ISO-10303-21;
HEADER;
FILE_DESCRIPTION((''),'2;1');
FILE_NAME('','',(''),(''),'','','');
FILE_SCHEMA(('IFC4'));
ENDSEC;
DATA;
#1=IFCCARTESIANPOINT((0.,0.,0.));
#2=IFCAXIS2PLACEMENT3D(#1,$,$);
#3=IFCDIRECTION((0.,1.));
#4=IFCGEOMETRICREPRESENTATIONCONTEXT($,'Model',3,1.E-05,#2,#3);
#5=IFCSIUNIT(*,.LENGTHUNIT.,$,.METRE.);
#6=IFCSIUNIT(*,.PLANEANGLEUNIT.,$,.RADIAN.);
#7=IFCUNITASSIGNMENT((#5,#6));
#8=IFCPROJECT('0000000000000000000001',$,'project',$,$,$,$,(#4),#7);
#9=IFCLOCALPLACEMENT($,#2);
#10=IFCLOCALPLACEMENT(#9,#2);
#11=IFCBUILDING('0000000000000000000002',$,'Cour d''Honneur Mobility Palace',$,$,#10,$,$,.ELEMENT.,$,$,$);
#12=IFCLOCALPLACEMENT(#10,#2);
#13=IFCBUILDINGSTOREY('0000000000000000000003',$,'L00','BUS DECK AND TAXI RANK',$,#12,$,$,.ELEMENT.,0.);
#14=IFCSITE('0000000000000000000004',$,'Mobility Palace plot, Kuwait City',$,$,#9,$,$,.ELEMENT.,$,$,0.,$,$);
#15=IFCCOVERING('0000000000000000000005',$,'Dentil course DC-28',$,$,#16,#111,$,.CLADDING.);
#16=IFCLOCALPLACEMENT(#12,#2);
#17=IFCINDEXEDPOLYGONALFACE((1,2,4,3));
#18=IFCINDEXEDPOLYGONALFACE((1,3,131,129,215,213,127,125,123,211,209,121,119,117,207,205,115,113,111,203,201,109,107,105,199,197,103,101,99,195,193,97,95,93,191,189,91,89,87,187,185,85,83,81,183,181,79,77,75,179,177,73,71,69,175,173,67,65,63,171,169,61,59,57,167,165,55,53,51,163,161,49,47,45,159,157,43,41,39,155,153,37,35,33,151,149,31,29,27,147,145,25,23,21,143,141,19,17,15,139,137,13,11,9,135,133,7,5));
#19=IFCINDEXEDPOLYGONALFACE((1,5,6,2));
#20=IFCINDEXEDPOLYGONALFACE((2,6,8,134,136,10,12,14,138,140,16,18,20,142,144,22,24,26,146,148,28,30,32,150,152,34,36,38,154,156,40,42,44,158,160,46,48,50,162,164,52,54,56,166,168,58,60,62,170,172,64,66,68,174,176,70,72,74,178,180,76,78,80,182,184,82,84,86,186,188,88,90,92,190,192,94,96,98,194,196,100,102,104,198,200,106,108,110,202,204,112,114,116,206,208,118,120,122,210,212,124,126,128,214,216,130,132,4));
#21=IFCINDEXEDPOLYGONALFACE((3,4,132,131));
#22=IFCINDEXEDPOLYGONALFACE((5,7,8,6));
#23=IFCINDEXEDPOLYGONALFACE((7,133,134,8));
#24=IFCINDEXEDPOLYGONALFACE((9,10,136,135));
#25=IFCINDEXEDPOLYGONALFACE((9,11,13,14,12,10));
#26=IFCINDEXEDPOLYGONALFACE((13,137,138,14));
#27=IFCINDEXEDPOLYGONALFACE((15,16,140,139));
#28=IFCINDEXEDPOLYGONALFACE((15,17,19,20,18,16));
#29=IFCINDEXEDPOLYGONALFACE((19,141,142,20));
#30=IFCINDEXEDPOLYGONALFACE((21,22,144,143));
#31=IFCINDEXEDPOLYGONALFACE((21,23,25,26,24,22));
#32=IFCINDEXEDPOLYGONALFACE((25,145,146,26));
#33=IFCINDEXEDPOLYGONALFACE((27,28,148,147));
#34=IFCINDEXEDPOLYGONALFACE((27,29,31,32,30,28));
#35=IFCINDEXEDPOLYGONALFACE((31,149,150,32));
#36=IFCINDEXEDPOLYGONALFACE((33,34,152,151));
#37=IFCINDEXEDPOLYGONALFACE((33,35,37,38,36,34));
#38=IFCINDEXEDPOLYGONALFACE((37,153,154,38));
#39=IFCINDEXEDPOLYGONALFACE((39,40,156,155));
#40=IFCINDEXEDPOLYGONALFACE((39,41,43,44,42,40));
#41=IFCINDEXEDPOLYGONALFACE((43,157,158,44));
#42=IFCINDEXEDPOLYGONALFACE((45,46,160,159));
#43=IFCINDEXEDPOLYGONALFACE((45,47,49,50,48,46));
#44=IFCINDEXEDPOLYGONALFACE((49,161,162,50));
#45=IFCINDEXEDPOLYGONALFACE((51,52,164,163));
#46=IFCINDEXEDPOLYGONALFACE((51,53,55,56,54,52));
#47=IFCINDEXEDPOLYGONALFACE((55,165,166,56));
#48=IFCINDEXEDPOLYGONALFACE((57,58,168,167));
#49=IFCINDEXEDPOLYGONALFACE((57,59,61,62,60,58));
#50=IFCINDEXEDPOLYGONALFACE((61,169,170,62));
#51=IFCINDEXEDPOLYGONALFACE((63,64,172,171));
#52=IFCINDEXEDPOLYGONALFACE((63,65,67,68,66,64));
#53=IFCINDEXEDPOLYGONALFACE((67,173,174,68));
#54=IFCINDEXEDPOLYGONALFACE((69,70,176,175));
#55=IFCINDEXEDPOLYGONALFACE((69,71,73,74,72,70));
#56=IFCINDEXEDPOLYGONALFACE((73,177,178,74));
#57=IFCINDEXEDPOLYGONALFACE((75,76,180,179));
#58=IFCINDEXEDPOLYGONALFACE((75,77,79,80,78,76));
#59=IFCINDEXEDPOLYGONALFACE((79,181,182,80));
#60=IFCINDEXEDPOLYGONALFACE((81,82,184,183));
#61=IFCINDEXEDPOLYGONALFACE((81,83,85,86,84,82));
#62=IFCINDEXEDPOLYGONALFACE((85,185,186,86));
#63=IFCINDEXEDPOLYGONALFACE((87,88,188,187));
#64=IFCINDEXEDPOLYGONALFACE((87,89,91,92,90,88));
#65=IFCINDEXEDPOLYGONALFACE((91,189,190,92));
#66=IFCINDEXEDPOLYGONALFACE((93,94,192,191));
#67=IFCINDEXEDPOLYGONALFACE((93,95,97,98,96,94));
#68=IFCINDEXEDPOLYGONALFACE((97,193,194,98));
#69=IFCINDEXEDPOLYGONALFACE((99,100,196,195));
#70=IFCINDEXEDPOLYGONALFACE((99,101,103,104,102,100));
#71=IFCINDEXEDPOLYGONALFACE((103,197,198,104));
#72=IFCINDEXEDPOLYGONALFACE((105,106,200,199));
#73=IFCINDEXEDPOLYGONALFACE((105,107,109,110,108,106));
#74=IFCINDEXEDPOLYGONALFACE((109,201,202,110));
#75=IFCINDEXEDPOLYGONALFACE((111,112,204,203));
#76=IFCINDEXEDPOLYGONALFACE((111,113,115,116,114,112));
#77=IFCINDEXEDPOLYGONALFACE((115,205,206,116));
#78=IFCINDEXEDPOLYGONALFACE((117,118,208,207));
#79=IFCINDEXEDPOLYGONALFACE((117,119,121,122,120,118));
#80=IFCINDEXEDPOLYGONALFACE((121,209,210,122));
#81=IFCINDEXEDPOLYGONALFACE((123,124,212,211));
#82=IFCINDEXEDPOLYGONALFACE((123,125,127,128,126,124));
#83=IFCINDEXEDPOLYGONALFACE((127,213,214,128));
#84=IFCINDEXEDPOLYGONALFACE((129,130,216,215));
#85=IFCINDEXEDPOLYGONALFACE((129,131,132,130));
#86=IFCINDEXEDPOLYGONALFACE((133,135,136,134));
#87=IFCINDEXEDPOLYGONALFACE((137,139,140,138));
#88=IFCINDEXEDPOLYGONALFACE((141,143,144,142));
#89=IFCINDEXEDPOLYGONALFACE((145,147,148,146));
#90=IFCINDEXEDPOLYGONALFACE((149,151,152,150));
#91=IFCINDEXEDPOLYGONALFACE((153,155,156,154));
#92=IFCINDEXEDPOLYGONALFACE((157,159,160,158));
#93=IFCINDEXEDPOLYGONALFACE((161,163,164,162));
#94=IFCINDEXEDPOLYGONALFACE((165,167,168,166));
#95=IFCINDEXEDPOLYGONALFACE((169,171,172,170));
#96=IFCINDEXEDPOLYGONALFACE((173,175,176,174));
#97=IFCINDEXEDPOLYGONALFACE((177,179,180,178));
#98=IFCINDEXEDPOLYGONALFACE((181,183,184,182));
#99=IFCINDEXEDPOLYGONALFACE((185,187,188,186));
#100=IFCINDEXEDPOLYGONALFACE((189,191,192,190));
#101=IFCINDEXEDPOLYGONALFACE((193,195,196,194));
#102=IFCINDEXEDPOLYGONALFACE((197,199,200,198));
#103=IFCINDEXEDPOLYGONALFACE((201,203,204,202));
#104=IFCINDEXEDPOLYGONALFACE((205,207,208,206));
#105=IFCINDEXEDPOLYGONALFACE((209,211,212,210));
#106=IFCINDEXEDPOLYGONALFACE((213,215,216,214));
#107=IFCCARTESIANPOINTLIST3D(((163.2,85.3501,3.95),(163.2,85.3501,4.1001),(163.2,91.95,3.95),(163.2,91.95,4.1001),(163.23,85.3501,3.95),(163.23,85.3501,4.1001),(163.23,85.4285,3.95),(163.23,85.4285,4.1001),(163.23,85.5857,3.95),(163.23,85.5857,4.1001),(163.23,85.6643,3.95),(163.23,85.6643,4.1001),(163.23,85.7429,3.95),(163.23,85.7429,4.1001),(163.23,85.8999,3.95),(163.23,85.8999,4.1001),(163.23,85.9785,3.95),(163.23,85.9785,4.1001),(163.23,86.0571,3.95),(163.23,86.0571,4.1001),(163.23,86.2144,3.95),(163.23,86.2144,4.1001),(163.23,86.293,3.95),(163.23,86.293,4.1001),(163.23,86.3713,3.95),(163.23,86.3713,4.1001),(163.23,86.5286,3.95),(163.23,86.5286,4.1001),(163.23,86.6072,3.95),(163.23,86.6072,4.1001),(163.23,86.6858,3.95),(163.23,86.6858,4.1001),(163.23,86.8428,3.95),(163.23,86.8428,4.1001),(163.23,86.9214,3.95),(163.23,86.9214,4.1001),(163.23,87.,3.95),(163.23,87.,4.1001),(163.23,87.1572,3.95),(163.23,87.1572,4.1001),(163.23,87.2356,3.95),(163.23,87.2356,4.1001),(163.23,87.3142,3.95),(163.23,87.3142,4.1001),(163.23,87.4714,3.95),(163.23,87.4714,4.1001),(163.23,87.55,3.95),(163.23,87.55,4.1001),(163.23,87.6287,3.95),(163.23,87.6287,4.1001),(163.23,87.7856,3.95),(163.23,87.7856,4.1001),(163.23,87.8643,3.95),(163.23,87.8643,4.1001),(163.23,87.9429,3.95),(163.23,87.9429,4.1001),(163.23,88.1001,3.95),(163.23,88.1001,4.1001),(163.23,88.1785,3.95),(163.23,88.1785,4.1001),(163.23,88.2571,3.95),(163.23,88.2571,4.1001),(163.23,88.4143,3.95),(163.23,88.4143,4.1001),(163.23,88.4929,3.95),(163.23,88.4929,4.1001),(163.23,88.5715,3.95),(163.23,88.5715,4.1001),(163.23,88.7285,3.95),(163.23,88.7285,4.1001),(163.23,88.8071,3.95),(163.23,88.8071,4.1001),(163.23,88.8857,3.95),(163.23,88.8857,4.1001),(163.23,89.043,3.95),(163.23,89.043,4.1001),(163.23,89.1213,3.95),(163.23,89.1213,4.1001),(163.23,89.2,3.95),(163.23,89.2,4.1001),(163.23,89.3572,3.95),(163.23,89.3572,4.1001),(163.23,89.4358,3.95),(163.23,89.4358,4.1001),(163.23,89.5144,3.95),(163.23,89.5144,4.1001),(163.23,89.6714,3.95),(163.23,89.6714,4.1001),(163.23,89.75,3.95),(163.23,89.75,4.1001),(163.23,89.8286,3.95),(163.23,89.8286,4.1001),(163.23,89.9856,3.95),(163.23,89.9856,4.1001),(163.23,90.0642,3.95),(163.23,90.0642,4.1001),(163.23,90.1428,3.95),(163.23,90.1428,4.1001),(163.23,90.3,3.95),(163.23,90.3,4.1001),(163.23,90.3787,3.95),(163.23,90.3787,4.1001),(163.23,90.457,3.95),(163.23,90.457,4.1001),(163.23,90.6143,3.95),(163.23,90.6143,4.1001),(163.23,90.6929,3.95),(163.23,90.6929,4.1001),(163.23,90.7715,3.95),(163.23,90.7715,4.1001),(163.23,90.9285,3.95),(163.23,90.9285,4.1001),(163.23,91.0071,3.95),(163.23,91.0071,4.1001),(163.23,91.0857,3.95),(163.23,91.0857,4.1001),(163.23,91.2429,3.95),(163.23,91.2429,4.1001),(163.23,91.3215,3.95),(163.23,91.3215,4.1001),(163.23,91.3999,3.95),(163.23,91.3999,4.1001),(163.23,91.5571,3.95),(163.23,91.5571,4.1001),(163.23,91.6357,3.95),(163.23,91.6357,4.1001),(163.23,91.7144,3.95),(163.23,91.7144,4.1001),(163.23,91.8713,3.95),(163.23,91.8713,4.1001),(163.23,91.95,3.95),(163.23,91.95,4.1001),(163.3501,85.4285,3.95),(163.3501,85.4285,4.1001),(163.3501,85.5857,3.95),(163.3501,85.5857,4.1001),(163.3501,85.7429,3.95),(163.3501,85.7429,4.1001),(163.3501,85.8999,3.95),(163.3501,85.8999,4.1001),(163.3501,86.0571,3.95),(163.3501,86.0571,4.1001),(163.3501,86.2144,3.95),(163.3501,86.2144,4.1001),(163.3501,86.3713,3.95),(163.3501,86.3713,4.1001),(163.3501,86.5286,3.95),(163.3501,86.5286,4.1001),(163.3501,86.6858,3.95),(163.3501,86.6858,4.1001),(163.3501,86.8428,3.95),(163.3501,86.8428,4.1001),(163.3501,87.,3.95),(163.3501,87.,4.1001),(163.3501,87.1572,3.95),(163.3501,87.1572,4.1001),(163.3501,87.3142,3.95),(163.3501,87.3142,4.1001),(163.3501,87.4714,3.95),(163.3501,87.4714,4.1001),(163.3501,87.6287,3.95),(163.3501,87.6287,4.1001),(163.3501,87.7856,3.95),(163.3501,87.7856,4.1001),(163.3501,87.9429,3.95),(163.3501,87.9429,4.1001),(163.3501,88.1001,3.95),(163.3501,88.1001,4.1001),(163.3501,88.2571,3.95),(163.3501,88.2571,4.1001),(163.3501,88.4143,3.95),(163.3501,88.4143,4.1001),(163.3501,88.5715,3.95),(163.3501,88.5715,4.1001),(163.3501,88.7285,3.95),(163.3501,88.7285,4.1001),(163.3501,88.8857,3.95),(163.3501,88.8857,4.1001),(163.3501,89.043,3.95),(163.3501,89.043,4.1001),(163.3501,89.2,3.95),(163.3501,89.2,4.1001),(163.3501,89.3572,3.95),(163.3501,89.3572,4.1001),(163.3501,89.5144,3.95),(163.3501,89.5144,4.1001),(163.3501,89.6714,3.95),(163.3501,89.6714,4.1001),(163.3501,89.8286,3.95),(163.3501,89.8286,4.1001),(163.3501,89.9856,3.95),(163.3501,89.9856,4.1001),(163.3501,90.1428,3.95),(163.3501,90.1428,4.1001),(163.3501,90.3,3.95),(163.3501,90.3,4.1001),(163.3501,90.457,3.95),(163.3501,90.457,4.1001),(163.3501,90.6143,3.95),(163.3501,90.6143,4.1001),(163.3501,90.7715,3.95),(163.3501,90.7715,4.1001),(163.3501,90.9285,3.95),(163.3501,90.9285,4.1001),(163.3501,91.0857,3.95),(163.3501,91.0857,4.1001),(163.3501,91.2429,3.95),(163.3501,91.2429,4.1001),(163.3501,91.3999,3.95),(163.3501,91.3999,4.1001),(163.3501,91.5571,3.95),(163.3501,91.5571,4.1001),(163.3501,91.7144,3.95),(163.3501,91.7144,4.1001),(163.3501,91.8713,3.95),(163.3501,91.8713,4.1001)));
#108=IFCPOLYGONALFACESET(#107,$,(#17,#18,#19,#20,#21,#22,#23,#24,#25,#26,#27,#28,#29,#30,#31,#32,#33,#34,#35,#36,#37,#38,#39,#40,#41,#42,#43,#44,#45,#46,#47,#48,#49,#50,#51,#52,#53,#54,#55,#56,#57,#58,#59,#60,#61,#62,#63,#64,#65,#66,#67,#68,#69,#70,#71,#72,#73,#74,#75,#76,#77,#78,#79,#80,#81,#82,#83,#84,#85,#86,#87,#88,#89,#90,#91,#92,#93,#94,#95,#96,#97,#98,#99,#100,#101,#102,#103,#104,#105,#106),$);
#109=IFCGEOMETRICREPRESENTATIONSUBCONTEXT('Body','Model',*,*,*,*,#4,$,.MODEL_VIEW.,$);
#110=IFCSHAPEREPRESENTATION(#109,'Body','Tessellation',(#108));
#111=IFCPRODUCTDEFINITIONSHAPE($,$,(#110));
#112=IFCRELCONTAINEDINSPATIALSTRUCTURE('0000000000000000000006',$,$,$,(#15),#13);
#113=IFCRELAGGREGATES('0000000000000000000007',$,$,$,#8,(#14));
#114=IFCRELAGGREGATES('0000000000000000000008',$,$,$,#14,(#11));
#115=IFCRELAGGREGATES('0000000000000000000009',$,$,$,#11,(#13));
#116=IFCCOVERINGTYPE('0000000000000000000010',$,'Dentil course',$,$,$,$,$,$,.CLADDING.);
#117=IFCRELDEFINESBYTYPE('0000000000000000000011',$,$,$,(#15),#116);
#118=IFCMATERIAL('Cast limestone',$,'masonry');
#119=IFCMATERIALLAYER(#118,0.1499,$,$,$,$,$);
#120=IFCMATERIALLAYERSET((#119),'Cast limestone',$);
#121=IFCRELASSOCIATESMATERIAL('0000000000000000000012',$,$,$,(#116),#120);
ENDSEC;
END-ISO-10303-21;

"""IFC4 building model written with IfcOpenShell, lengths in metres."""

from ifc_helpers import new_model, si_unit, direction, frame, origin, place, context, subcontext, project, spatial, polyline, outline, extrude, material, layer, layer_set, type_object, element, save


model = new_model("IFC4")

# Units and contexts
model_context = context("Model", 3, precision=1e-05, world=origin(), true_north=direction((0.0, 1.0)))
body_context = subcontext(model_context, "Body", "Model", "MODEL_VIEW")
ifc_project = project(units=[si_unit("LENGTHUNIT", "METRE"), si_unit("PLANEANGLEUNIT", "RADIAN")], contexts=[model_context])

# Site, building, storey
site_placement = place(None, origin())
site = spatial("IfcSite", under=ifc_project, at=site_placement, Name="Mobility Palace plot, Kuwait City", CompositionType="ELEMENT", RefElevation=0.0)
building_placement = place(site_placement, origin())
building = spatial("IfcBuilding", under=site, at=building_placement, Name="Cour d'Honneur Mobility Palace", CompositionType="ELEMENT")
storey_placement = place(building_placement, origin())
storey = spatial("IfcBuildingStorey", under=building, at=storey_placement, Name="L00", Description="BUS DECK AND TAXI RANK", CompositionType="ELEMENT", Elevation=0.0)

# Covering
ifc_material = material(Name="Cast limestone", Category="masonry")
ifc_layer = layer(ifc_material, 0.1499)
ifc_layer_set = layer_set([ifc_layer], Name="Cast limestone")
covering_type = type_object("IfcCoveringType", Name="Dentil course", PredefinedType="CLADDING", material=ifc_layer_set)
covering_1_placement = place(storey_placement, frame((0.0, 0.0, 3.95)))
element("IfcCovering", 1, at=covering_1_placement, inside=storey, type_object=covering_type, Name="Dentil course DC-28", PredefinedType="CLADDING", context=body_context, shape_type="SweptSolid", body=[
    extrude(outline(polyline([(163.2, 85.3501), (163.2, 91.95), (163.23, 91.95), (163.23, 91.95), (163.23, 91.8713), (163.3501, 91.8713), (163.3501, 91.7144), (163.23, 91.7144), (163.23, 91.6357), (163.23, 91.6357), (163.23, 91.5571), (163.3501, 91.5571), (163.3501, 91.3999), (163.23, 91.3999), (163.23, 91.3215), (163.23, 91.3215), (163.23, 91.2429), (163.3501, 91.2429), (163.3501, 91.0857), (163.23, 91.0857), (163.23, 91.0071), (163.23, 91.0071), (163.23, 90.9285), (163.3501, 90.9285), (163.3501, 90.7715), (163.23, 90.7715), (163.23, 90.6929), (163.23, 90.6929), (163.23, 90.6143), (163.3501, 90.6143), (163.3501, 90.457), (163.23, 90.457), (163.23, 90.3787), (163.23, 90.3787), (163.23, 90.3), (163.3501, 90.3), (163.3501, 90.1428), (163.23, 90.1428), (163.23, 90.0642), (163.23, 90.0642), (163.23, 89.9856), (163.3501, 89.9856), (163.3501, 89.8286), (163.23, 89.8286), (163.23, 89.75), (163.23, 89.75), (163.23, 89.6714), (163.3501, 89.6714), (163.3501, 89.5144), (163.23, 89.5144), (163.23, 89.4358), (163.23, 89.4358), (163.23, 89.3572), (163.3501, 89.3572), (163.3501, 89.2), (163.23, 89.2), (163.23, 89.1213), (163.23, 89.1213), (163.23, 89.043), (163.3501, 89.043), (163.3501, 88.8857), (163.23, 88.8857), (163.23, 88.8071), (163.23, 88.8071), (163.23, 88.7285), (163.3501, 88.7285), (163.3501, 88.5715), (163.23, 88.5715), (163.23, 88.4929), (163.23, 88.4929), (163.23, 88.4143), (163.3501, 88.4143), (163.3501, 88.2571), (163.23, 88.2571), (163.23, 88.1785), (163.23, 88.1785), (163.23, 88.1001), (163.3501, 88.1001), (163.3501, 87.9429), (163.23, 87.9429), (163.23, 87.8643), (163.23, 87.8643), (163.23, 87.7856), (163.3501, 87.7856), (163.3501, 87.6287), (163.23, 87.6287), (163.23, 87.55), (163.23, 87.55), (163.23, 87.4714), (163.3501, 87.4714), (163.3501, 87.3142), (163.23, 87.3142), (163.23, 87.2356), (163.23, 87.2356), (163.23, 87.1572), (163.3501, 87.1572), (163.3501, 87.0), (163.23, 87.0), (163.23, 86.9214), (163.23, 86.9214), (163.23, 86.8428), (163.3501, 86.8428), (163.3501, 86.6858), (163.23, 86.6858), (163.23, 86.6072), (163.23, 86.6072), (163.23, 86.5286), (163.3501, 86.5286), (163.3501, 86.3713), (163.23, 86.3713), (163.23, 86.293), (163.23, 86.293), (163.23, 86.2144), (163.3501, 86.2144), (163.3501, 86.0571), (163.23, 86.0571), (163.23, 85.9785), (163.23, 85.9785), (163.23, 85.8999), (163.3501, 85.8999), (163.3501, 85.7429), (163.23, 85.7429), (163.23, 85.6643), (163.23, 85.6643), (163.23, 85.5857), (163.3501, 85.5857), (163.3501, 85.4285), (163.23, 85.4285), (163.23, 85.3501), (163.2, 85.3501)])), origin(), (0.0, 0.0, 1.0), 0.1501),
])

save(model, "model.ifc")
